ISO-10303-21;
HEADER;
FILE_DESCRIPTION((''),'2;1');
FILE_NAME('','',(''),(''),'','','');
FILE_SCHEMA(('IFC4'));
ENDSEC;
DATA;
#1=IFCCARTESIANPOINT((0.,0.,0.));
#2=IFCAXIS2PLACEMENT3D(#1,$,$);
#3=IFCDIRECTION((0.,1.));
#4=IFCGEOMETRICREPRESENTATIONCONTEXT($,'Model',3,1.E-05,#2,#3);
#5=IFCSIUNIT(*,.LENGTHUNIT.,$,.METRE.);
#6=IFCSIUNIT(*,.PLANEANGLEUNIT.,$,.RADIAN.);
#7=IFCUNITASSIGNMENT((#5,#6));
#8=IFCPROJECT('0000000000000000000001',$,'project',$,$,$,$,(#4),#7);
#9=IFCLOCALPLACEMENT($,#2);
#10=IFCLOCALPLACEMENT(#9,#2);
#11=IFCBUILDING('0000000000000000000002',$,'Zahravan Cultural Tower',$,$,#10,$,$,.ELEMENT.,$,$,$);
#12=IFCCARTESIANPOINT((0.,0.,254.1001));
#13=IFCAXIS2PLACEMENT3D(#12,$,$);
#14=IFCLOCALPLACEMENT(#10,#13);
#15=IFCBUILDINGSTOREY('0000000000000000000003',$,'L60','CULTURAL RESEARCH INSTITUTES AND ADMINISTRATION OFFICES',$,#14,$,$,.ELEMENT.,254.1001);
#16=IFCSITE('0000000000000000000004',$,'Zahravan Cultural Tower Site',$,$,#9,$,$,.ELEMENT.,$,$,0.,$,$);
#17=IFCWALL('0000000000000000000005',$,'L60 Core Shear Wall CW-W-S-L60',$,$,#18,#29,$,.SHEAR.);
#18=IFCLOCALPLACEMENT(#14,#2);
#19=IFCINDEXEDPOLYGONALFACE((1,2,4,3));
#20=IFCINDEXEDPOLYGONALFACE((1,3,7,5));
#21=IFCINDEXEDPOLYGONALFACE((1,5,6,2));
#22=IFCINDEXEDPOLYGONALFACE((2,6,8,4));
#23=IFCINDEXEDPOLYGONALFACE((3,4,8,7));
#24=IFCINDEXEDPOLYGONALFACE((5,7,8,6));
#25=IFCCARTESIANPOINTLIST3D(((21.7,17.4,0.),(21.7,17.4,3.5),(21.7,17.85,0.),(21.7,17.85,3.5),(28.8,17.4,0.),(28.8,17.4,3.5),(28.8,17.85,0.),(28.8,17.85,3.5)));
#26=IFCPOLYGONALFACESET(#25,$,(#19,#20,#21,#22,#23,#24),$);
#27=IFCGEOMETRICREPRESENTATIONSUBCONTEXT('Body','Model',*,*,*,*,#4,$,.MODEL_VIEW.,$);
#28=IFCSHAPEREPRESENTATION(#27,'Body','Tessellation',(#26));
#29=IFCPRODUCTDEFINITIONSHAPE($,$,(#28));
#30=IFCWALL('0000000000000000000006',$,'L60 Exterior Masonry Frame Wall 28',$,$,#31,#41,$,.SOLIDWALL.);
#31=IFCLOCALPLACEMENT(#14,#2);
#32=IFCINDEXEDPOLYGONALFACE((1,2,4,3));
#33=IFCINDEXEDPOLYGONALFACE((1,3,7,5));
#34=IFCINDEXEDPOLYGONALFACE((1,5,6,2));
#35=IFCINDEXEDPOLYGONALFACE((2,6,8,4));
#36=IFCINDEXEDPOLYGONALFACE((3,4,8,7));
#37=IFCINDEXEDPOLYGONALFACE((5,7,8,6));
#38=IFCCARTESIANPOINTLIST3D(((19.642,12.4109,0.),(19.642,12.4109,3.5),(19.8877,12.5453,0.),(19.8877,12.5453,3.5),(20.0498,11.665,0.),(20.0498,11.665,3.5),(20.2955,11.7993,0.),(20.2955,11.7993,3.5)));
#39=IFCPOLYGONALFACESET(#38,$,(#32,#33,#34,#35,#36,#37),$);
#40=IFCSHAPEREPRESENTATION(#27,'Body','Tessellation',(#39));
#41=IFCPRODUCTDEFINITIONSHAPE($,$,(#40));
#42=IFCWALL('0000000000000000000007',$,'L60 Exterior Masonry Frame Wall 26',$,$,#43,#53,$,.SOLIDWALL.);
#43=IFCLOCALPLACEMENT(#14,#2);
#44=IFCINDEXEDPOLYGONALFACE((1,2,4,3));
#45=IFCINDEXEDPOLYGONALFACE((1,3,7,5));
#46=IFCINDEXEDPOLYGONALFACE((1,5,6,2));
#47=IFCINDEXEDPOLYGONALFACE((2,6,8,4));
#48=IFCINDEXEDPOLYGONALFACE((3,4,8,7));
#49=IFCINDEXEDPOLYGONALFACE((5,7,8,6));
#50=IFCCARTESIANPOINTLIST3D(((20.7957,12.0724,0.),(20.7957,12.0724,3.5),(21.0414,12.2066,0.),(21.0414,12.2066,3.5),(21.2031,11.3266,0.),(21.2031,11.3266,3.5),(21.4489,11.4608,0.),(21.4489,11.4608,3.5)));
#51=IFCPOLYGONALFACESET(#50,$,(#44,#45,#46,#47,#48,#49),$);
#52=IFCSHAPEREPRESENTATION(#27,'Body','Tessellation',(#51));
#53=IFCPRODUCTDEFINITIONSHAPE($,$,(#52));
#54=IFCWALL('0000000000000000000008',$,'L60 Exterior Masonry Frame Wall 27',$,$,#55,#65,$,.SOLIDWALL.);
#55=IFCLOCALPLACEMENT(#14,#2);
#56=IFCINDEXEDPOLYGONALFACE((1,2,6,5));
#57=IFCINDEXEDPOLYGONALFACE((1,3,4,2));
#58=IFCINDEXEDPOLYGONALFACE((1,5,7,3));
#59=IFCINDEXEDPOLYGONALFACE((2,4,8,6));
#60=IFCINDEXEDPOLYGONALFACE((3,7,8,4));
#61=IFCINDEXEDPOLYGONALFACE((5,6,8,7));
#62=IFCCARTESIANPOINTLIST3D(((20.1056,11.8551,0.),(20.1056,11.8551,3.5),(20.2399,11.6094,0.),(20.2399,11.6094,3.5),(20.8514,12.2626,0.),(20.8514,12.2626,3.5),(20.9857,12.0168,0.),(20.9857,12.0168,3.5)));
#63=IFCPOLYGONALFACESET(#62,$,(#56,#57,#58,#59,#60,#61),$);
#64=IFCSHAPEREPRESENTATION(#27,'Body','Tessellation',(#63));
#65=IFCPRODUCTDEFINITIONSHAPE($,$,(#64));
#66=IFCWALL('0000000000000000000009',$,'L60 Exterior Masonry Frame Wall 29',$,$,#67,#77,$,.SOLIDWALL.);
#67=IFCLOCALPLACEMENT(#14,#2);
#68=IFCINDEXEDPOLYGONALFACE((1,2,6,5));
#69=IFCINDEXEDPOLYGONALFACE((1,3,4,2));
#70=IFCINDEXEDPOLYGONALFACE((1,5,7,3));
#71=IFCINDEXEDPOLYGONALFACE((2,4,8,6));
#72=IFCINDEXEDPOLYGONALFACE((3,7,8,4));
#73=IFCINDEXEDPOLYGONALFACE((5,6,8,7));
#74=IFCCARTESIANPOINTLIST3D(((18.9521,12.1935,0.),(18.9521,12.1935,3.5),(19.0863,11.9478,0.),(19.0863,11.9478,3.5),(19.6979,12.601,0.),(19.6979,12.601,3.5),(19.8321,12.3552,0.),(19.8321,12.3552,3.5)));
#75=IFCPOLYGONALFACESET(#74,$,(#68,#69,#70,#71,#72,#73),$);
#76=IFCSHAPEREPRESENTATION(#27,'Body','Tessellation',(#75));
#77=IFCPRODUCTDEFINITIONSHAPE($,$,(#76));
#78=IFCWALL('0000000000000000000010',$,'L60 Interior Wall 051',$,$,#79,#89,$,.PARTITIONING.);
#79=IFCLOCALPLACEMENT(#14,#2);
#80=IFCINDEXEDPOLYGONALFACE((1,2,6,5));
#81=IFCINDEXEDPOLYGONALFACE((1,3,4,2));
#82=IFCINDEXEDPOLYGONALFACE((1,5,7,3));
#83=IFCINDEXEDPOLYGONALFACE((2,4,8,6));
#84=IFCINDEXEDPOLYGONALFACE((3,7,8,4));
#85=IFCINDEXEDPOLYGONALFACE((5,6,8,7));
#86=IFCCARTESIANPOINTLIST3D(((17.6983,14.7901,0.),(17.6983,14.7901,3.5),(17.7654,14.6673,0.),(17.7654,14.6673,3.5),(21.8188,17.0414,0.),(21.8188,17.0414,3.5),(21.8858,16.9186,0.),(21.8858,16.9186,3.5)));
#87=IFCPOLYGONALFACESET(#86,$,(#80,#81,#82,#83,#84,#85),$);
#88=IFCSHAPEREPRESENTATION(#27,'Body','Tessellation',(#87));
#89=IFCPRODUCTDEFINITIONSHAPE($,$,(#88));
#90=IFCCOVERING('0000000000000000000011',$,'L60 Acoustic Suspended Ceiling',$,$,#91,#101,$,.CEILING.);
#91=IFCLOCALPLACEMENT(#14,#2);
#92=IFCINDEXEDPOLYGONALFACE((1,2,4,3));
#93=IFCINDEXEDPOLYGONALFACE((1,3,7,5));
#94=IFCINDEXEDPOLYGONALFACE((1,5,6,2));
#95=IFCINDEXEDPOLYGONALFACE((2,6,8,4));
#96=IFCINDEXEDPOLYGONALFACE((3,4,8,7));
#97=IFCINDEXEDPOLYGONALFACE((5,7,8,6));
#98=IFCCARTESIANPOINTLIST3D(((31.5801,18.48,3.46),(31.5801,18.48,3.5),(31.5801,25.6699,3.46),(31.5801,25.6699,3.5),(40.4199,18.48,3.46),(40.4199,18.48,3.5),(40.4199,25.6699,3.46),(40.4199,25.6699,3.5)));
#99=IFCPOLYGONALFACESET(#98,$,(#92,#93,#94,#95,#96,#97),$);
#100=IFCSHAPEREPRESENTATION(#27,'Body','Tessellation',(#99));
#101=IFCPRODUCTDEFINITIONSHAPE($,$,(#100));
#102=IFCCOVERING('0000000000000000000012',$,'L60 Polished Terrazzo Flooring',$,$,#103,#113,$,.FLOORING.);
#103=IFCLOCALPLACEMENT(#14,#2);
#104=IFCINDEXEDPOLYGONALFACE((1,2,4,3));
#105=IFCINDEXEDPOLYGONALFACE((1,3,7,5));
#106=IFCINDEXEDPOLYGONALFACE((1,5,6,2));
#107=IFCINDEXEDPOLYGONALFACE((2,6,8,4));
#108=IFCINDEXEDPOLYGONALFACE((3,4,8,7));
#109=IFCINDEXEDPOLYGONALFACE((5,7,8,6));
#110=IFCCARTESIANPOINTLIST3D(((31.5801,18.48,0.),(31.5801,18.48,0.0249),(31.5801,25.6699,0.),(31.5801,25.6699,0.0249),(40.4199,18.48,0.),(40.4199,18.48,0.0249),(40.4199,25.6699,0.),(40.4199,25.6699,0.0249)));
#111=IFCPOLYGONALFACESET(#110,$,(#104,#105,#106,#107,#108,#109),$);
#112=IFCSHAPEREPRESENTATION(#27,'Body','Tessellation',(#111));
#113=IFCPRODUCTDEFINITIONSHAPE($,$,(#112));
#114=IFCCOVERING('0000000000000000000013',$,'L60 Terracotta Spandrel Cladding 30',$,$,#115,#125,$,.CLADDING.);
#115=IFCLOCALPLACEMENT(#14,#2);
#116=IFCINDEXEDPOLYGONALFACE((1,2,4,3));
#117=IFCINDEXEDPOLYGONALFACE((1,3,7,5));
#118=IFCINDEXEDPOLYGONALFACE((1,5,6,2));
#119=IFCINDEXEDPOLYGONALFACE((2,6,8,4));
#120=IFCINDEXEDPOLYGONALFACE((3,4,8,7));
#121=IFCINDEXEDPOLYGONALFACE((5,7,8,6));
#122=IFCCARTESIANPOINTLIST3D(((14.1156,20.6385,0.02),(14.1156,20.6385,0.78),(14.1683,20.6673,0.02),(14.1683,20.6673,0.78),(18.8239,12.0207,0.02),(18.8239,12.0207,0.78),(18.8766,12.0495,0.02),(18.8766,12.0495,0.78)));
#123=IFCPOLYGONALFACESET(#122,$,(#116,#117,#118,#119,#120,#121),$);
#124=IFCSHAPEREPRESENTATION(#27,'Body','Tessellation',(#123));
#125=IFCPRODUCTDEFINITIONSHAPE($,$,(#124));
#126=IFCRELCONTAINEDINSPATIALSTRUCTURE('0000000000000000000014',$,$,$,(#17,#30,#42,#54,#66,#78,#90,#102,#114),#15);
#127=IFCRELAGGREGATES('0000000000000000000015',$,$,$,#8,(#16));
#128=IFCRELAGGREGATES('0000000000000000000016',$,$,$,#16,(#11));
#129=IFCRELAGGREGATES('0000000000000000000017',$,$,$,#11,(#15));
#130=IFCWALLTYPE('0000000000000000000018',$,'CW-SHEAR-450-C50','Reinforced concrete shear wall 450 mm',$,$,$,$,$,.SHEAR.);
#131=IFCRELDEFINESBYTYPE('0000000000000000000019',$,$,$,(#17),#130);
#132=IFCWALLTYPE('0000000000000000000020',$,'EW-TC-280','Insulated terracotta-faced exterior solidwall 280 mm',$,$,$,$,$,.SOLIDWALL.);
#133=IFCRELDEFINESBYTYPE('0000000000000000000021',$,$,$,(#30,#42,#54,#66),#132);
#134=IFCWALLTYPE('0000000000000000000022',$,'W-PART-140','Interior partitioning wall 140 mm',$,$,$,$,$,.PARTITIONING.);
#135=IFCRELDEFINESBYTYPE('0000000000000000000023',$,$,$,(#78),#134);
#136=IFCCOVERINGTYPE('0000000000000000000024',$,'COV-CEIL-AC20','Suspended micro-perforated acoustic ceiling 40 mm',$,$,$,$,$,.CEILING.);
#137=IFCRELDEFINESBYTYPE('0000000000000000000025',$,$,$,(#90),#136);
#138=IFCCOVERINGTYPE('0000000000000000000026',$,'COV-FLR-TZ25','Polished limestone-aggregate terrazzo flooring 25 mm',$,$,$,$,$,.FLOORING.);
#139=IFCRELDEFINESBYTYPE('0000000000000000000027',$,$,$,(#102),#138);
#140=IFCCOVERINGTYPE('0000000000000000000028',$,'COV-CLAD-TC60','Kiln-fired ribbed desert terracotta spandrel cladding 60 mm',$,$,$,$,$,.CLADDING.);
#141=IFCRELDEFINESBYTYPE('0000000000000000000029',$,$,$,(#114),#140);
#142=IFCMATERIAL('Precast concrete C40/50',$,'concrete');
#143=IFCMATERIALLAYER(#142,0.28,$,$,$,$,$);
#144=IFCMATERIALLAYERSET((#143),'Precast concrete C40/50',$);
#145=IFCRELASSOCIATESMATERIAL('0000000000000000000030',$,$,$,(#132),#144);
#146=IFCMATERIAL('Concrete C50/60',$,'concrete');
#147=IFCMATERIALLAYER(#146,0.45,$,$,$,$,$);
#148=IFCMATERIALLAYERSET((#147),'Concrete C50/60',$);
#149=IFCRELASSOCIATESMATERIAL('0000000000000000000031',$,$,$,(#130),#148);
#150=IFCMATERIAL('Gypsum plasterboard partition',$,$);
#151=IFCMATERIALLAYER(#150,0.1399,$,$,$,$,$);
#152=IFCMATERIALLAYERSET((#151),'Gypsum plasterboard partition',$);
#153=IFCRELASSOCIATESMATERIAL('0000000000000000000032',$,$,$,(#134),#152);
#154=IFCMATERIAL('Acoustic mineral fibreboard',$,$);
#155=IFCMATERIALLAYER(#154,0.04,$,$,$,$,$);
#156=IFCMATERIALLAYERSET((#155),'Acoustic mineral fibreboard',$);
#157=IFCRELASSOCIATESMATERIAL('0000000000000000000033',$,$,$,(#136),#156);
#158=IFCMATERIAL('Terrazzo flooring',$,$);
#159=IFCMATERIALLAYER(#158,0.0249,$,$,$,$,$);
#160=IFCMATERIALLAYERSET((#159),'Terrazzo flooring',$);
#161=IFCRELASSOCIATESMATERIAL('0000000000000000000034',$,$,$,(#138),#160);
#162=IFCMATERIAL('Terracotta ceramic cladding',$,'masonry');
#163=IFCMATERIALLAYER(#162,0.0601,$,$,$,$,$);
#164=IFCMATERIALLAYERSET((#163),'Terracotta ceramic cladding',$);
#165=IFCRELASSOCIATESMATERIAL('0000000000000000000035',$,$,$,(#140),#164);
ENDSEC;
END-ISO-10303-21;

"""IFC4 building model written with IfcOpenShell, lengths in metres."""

from ifc_helpers import new_model, si_unit, direction, frame, frame_2d, origin, origin_2d, place, context, subcontext, project, spatial, polyline, rectangle, outline, extrude, source, transform, mapped, material, layer, layer_set, type_object, element, save


model = new_model("IFC4")

# Units and contexts
model_context = context("Model", 3, precision=1e-05, world=origin(), true_north=direction((0.0, 1.0)))
body_context = subcontext(model_context, "Body", "Model", "MODEL_VIEW")
ifc_project = project(units=[si_unit("LENGTHUNIT", "METRE"), si_unit("PLANEANGLEUNIT", "RADIAN")], contexts=[model_context])

# Site, building, storey
site_placement = place(None, origin())
site = spatial("IfcSite", under=ifc_project, at=site_placement, Name="Zahravan Cultural Tower Site", CompositionType="ELEMENT", RefElevation=0.0)
building_placement = place(site_placement, origin())
building = spatial("IfcBuilding", under=site, at=building_placement, Name="Zahravan Cultural Tower", CompositionType="ELEMENT")
storey_placement = place(building_placement, frame((0.0, 0.0, 254.1001)))
storey = spatial("IfcBuildingStorey", under=building, at=storey_placement, Name="L60", Description="CULTURAL RESEARCH INSTITUTES AND ADMINISTRATION OFFICES", CompositionType="ELEMENT", Elevation=254.1001)

# Shared definitions
ifc_material_1 = material(Name="Concrete C50/60", Category="concrete")

# Shared definitions
ifc_material_2 = material(Name="Precast concrete C40/50", Category="concrete")
ifc_layer_1 = layer(ifc_material_2, 0.28)
ifc_layer_set_1 = layer_set([ifc_layer_1], Name="Precast concrete C40/50")
wall_type_1 = type_object("IfcWallType", Name="EW-TC-280", Description="Insulated terracotta-faced exterior solidwall 280 mm", PredefinedType="SOLIDWALL", material=ifc_layer_set_1)

# Walls
ifc_layer_2 = layer(ifc_material_1, 0.45)
ifc_layer_set_2 = layer_set([ifc_layer_2], Name="Concrete C50/60")
wall_type_2 = type_object("IfcWallType", Name="CW-SHEAR-450-C50", Description="Reinforced concrete shear wall 450 mm", PredefinedType="SHEAR", material=ifc_layer_set_2)
shared_shape_1 = source(origin(), body_context, "Body", "SweptSolid", [
    extrude(rectangle(XDim=7.1001, YDim=0.45, at=frame_2d((3.55, 0.0))), origin(), (0.0, 0.0, 1.0), 3.5),
])
wall_1_placement = place(storey_placement, frame((21.7, 17.625, 0.0), z_axis=(0.0, 0.0, 1.0), x_axis=(1.0, 0.0, 0.0)))
element("IfcWall", 1, at=wall_1_placement, inside=storey, type_object=wall_type_2, Name="L60 Core Shear Wall CW-W-S-L60", PredefinedType="SHEAR", context=body_context, shape_type="MappedRepresentation", body=[
    mapped(shared_shape_1, transform((0.0, 0.0, 0.0), x_axis=(1.0, 0.0, 0.0), y_axis=(0.0, 1.0, 0.0), z_axis=(0.0, 0.0, 1.0), scale=1.0)),
])
shared_shape_2 = source(origin(), body_context, "Body", "SweptSolid", [
    extrude(rectangle(XDim=0.8501, YDim=0.28, at=frame_2d((0.425, 0.0))), origin(), (0.0, 0.0, 1.0), 3.5),
])
wall_2_placement = place(storey_placement, frame((20.1726, 11.7322, 0.0), z_axis=(0.0, 0.0, 1.0), x_axis=(-0.479657, 0.877456, 0.0)))
element("IfcWall", 2, at=wall_2_placement, inside=storey, type_object=wall_type_1, Name="L60 Exterior Masonry Frame Wall 28", PredefinedType="SOLIDWALL", context=body_context, shape_type="MappedRepresentation", body=[
    mapped(shared_shape_2, transform((0.0, 0.0, 0.0), x_axis=(1.0, 0.0, 0.0), y_axis=(0.0, 1.0, 0.0), z_axis=(0.0, 0.0, 1.0), scale=1.0)),
])
shared_shape_3 = source(origin(), body_context, "Body", "SweptSolid", [
    extrude(rectangle(XDim=0.8499, YDim=0.28, at=frame_2d((0.4248, 0.0))), origin(), (0.0, 0.0, 1.0), 3.5),
])
for number, where, z_axis, x_axis, name in (
    (3, (21.3259, 11.3938, 0.0), (0.0, 0.0, 1.0), (-0.479436, 0.877577, 0.0), "L60 Exterior Masonry Frame Wall 26"),
    (4, (20.9185, 12.1396, 0.0), (0.0, 0.0, 1.0), (-0.877577, -0.479436, 0.0), "L60 Exterior Masonry Frame Wall 27"),
    (5, (19.7649, 12.478, 0.0), (0.0, 0.0, 1.0), (-0.877577, -0.479436, 0.0), "L60 Exterior Masonry Frame Wall 29"),
):
    element("IfcWall", number, at=place(storey_placement, frame(where, z_axis=z_axis, x_axis=x_axis)), inside=storey, type_object=wall_type_1, Name=name, PredefinedType="SOLIDWALL", context=body_context, shape_type="MappedRepresentation", body=[
        mapped(shared_shape_3, transform((0.0, 0.0, 0.0), x_axis=(1.0, 0.0, 0.0), y_axis=(0.0, 1.0, 0.0), z_axis=(0.0, 0.0, 1.0), scale=1.0)),
    ])
ifc_material_3 = material(Name="Gypsum plasterboard partition")
ifc_layer_3 = layer(ifc_material_3, 0.1399)
ifc_layer_set_3 = layer_set([ifc_layer_3], Name="Gypsum plasterboard partition")
wall_type_3 = type_object("IfcWallType", Name="W-PART-140", Description="Interior partitioning wall 140 mm", PredefinedType="PARTITIONING", material=ifc_layer_set_3)
shared_shape_4 = source(origin(), body_context, "Body", "SweptSolid", [
    extrude(rectangle(XDim=4.6953, YDim=0.1399, at=frame_2d((2.3477, 0.0))), origin(), (0.0, 0.0, 1.0), 3.5),
])
wall_3_placement = place(storey_placement, frame((21.8523, 16.98, 0.0), z_axis=(0.0, 0.0, 1.0), x_axis=(-0.87756, -0.479468, 0.0)))
element("IfcWall", 6, at=wall_3_placement, inside=storey, type_object=wall_type_3, Name="L60 Interior Wall 051", PredefinedType="PARTITIONING", context=body_context, shape_type="MappedRepresentation", body=[
    mapped(shared_shape_4, transform((0.0, 0.0, 0.0), x_axis=(1.0, 0.0, 0.0), y_axis=(0.0, 1.0, 0.0), z_axis=(0.0, 0.0, 1.0), scale=1.0)),
])

# Coverings
ifc_material_4 = material(Name="Acoustic mineral fibreboard")
ifc_layer_4 = layer(ifc_material_4, 0.04)
ifc_layer_set_4 = layer_set([ifc_layer_4], Name="Acoustic mineral fibreboard")
covering_type_1 = type_object("IfcCoveringType", Name="COV-CEIL-AC20", Description="Suspended micro-perforated acoustic ceiling 40 mm", PredefinedType="CEILING", material=ifc_layer_set_4)
covering_1_placement = place(storey_placement, frame((0.0, 0.0, 3.46)))
element("IfcCovering", 7, at=covering_1_placement, inside=storey, type_object=covering_type_1, Name="L60 Acoustic Suspended Ceiling", PredefinedType="CEILING", context=body_context, shape_type="SweptSolid", body=[
    extrude(outline(polyline([(40.4199, 25.6699), (31.5801, 25.6699), (31.5801, 18.48), (40.4199, 18.48), (40.4199, 25.6699)])), origin(), (0.0, 0.0, 1.0), 0.04),
])
ifc_material_5 = material(Name="Terrazzo flooring")
ifc_layer_5 = layer(ifc_material_5, 0.0249)
ifc_layer_set_5 = layer_set([ifc_layer_5], Name="Terrazzo flooring")
covering_type_2 = type_object("IfcCoveringType", Name="COV-FLR-TZ25", Description="Polished limestone-aggregate terrazzo flooring 25 mm", PredefinedType="FLOORING", material=ifc_layer_set_5)
covering_2_placement = place(storey_placement, origin())
element("IfcCovering", 8, at=covering_2_placement, inside=storey, type_object=covering_type_2, Name="L60 Polished Terrazzo Flooring", PredefinedType="FLOORING", context=body_context, shape_type="SweptSolid", body=[
    extrude(outline(polyline([(40.4199, 25.6699), (31.5801, 25.6699), (31.5801, 18.48), (40.4199, 18.48), (40.4199, 25.6699)])), origin(), (0.0, 0.0, 1.0), 0.0249),
])
ifc_material_6 = material(Name="Terracotta ceramic cladding", Category="masonry")
ifc_layer_6 = layer(ifc_material_6, 0.0601)
ifc_layer_set_6 = layer_set([ifc_layer_6], Name="Terracotta ceramic cladding")
covering_type_3 = type_object("IfcCoveringType", Name="COV-CLAD-TC60", Description="Kiln-fired ribbed desert terracotta spandrel cladding 60 mm", PredefinedType="CLADDING", material=ifc_layer_set_6)
shared_shape_5 = source(origin(), body_context, "Body", "SweptSolid", [
    extrude(rectangle(XDim=9.8201, YDim=0.0601, at=origin_2d()), origin(), (0.0, 0.0, 1.0), 0.76),
])
covering_3_placement = place(storey_placement, frame((16.4961, 16.344, 0.02), z_axis=(0.0, 0.0, 1.0), x_axis=(-0.479458, 0.877565, 0.0)))
element("IfcCovering", 9, at=covering_3_placement, inside=storey, type_object=covering_type_3, Name="L60 Terracotta Spandrel Cladding 30", PredefinedType="CLADDING", context=body_context, shape_type="MappedRepresentation", body=[
    mapped(shared_shape_5, transform((0.0, 0.0, 0.0), x_axis=(1.0, 0.0, 0.0), y_axis=(0.0, 1.0, 0.0), z_axis=(0.0, 0.0, 1.0), scale=1.0)),
])

save(model, "model.ifc")
